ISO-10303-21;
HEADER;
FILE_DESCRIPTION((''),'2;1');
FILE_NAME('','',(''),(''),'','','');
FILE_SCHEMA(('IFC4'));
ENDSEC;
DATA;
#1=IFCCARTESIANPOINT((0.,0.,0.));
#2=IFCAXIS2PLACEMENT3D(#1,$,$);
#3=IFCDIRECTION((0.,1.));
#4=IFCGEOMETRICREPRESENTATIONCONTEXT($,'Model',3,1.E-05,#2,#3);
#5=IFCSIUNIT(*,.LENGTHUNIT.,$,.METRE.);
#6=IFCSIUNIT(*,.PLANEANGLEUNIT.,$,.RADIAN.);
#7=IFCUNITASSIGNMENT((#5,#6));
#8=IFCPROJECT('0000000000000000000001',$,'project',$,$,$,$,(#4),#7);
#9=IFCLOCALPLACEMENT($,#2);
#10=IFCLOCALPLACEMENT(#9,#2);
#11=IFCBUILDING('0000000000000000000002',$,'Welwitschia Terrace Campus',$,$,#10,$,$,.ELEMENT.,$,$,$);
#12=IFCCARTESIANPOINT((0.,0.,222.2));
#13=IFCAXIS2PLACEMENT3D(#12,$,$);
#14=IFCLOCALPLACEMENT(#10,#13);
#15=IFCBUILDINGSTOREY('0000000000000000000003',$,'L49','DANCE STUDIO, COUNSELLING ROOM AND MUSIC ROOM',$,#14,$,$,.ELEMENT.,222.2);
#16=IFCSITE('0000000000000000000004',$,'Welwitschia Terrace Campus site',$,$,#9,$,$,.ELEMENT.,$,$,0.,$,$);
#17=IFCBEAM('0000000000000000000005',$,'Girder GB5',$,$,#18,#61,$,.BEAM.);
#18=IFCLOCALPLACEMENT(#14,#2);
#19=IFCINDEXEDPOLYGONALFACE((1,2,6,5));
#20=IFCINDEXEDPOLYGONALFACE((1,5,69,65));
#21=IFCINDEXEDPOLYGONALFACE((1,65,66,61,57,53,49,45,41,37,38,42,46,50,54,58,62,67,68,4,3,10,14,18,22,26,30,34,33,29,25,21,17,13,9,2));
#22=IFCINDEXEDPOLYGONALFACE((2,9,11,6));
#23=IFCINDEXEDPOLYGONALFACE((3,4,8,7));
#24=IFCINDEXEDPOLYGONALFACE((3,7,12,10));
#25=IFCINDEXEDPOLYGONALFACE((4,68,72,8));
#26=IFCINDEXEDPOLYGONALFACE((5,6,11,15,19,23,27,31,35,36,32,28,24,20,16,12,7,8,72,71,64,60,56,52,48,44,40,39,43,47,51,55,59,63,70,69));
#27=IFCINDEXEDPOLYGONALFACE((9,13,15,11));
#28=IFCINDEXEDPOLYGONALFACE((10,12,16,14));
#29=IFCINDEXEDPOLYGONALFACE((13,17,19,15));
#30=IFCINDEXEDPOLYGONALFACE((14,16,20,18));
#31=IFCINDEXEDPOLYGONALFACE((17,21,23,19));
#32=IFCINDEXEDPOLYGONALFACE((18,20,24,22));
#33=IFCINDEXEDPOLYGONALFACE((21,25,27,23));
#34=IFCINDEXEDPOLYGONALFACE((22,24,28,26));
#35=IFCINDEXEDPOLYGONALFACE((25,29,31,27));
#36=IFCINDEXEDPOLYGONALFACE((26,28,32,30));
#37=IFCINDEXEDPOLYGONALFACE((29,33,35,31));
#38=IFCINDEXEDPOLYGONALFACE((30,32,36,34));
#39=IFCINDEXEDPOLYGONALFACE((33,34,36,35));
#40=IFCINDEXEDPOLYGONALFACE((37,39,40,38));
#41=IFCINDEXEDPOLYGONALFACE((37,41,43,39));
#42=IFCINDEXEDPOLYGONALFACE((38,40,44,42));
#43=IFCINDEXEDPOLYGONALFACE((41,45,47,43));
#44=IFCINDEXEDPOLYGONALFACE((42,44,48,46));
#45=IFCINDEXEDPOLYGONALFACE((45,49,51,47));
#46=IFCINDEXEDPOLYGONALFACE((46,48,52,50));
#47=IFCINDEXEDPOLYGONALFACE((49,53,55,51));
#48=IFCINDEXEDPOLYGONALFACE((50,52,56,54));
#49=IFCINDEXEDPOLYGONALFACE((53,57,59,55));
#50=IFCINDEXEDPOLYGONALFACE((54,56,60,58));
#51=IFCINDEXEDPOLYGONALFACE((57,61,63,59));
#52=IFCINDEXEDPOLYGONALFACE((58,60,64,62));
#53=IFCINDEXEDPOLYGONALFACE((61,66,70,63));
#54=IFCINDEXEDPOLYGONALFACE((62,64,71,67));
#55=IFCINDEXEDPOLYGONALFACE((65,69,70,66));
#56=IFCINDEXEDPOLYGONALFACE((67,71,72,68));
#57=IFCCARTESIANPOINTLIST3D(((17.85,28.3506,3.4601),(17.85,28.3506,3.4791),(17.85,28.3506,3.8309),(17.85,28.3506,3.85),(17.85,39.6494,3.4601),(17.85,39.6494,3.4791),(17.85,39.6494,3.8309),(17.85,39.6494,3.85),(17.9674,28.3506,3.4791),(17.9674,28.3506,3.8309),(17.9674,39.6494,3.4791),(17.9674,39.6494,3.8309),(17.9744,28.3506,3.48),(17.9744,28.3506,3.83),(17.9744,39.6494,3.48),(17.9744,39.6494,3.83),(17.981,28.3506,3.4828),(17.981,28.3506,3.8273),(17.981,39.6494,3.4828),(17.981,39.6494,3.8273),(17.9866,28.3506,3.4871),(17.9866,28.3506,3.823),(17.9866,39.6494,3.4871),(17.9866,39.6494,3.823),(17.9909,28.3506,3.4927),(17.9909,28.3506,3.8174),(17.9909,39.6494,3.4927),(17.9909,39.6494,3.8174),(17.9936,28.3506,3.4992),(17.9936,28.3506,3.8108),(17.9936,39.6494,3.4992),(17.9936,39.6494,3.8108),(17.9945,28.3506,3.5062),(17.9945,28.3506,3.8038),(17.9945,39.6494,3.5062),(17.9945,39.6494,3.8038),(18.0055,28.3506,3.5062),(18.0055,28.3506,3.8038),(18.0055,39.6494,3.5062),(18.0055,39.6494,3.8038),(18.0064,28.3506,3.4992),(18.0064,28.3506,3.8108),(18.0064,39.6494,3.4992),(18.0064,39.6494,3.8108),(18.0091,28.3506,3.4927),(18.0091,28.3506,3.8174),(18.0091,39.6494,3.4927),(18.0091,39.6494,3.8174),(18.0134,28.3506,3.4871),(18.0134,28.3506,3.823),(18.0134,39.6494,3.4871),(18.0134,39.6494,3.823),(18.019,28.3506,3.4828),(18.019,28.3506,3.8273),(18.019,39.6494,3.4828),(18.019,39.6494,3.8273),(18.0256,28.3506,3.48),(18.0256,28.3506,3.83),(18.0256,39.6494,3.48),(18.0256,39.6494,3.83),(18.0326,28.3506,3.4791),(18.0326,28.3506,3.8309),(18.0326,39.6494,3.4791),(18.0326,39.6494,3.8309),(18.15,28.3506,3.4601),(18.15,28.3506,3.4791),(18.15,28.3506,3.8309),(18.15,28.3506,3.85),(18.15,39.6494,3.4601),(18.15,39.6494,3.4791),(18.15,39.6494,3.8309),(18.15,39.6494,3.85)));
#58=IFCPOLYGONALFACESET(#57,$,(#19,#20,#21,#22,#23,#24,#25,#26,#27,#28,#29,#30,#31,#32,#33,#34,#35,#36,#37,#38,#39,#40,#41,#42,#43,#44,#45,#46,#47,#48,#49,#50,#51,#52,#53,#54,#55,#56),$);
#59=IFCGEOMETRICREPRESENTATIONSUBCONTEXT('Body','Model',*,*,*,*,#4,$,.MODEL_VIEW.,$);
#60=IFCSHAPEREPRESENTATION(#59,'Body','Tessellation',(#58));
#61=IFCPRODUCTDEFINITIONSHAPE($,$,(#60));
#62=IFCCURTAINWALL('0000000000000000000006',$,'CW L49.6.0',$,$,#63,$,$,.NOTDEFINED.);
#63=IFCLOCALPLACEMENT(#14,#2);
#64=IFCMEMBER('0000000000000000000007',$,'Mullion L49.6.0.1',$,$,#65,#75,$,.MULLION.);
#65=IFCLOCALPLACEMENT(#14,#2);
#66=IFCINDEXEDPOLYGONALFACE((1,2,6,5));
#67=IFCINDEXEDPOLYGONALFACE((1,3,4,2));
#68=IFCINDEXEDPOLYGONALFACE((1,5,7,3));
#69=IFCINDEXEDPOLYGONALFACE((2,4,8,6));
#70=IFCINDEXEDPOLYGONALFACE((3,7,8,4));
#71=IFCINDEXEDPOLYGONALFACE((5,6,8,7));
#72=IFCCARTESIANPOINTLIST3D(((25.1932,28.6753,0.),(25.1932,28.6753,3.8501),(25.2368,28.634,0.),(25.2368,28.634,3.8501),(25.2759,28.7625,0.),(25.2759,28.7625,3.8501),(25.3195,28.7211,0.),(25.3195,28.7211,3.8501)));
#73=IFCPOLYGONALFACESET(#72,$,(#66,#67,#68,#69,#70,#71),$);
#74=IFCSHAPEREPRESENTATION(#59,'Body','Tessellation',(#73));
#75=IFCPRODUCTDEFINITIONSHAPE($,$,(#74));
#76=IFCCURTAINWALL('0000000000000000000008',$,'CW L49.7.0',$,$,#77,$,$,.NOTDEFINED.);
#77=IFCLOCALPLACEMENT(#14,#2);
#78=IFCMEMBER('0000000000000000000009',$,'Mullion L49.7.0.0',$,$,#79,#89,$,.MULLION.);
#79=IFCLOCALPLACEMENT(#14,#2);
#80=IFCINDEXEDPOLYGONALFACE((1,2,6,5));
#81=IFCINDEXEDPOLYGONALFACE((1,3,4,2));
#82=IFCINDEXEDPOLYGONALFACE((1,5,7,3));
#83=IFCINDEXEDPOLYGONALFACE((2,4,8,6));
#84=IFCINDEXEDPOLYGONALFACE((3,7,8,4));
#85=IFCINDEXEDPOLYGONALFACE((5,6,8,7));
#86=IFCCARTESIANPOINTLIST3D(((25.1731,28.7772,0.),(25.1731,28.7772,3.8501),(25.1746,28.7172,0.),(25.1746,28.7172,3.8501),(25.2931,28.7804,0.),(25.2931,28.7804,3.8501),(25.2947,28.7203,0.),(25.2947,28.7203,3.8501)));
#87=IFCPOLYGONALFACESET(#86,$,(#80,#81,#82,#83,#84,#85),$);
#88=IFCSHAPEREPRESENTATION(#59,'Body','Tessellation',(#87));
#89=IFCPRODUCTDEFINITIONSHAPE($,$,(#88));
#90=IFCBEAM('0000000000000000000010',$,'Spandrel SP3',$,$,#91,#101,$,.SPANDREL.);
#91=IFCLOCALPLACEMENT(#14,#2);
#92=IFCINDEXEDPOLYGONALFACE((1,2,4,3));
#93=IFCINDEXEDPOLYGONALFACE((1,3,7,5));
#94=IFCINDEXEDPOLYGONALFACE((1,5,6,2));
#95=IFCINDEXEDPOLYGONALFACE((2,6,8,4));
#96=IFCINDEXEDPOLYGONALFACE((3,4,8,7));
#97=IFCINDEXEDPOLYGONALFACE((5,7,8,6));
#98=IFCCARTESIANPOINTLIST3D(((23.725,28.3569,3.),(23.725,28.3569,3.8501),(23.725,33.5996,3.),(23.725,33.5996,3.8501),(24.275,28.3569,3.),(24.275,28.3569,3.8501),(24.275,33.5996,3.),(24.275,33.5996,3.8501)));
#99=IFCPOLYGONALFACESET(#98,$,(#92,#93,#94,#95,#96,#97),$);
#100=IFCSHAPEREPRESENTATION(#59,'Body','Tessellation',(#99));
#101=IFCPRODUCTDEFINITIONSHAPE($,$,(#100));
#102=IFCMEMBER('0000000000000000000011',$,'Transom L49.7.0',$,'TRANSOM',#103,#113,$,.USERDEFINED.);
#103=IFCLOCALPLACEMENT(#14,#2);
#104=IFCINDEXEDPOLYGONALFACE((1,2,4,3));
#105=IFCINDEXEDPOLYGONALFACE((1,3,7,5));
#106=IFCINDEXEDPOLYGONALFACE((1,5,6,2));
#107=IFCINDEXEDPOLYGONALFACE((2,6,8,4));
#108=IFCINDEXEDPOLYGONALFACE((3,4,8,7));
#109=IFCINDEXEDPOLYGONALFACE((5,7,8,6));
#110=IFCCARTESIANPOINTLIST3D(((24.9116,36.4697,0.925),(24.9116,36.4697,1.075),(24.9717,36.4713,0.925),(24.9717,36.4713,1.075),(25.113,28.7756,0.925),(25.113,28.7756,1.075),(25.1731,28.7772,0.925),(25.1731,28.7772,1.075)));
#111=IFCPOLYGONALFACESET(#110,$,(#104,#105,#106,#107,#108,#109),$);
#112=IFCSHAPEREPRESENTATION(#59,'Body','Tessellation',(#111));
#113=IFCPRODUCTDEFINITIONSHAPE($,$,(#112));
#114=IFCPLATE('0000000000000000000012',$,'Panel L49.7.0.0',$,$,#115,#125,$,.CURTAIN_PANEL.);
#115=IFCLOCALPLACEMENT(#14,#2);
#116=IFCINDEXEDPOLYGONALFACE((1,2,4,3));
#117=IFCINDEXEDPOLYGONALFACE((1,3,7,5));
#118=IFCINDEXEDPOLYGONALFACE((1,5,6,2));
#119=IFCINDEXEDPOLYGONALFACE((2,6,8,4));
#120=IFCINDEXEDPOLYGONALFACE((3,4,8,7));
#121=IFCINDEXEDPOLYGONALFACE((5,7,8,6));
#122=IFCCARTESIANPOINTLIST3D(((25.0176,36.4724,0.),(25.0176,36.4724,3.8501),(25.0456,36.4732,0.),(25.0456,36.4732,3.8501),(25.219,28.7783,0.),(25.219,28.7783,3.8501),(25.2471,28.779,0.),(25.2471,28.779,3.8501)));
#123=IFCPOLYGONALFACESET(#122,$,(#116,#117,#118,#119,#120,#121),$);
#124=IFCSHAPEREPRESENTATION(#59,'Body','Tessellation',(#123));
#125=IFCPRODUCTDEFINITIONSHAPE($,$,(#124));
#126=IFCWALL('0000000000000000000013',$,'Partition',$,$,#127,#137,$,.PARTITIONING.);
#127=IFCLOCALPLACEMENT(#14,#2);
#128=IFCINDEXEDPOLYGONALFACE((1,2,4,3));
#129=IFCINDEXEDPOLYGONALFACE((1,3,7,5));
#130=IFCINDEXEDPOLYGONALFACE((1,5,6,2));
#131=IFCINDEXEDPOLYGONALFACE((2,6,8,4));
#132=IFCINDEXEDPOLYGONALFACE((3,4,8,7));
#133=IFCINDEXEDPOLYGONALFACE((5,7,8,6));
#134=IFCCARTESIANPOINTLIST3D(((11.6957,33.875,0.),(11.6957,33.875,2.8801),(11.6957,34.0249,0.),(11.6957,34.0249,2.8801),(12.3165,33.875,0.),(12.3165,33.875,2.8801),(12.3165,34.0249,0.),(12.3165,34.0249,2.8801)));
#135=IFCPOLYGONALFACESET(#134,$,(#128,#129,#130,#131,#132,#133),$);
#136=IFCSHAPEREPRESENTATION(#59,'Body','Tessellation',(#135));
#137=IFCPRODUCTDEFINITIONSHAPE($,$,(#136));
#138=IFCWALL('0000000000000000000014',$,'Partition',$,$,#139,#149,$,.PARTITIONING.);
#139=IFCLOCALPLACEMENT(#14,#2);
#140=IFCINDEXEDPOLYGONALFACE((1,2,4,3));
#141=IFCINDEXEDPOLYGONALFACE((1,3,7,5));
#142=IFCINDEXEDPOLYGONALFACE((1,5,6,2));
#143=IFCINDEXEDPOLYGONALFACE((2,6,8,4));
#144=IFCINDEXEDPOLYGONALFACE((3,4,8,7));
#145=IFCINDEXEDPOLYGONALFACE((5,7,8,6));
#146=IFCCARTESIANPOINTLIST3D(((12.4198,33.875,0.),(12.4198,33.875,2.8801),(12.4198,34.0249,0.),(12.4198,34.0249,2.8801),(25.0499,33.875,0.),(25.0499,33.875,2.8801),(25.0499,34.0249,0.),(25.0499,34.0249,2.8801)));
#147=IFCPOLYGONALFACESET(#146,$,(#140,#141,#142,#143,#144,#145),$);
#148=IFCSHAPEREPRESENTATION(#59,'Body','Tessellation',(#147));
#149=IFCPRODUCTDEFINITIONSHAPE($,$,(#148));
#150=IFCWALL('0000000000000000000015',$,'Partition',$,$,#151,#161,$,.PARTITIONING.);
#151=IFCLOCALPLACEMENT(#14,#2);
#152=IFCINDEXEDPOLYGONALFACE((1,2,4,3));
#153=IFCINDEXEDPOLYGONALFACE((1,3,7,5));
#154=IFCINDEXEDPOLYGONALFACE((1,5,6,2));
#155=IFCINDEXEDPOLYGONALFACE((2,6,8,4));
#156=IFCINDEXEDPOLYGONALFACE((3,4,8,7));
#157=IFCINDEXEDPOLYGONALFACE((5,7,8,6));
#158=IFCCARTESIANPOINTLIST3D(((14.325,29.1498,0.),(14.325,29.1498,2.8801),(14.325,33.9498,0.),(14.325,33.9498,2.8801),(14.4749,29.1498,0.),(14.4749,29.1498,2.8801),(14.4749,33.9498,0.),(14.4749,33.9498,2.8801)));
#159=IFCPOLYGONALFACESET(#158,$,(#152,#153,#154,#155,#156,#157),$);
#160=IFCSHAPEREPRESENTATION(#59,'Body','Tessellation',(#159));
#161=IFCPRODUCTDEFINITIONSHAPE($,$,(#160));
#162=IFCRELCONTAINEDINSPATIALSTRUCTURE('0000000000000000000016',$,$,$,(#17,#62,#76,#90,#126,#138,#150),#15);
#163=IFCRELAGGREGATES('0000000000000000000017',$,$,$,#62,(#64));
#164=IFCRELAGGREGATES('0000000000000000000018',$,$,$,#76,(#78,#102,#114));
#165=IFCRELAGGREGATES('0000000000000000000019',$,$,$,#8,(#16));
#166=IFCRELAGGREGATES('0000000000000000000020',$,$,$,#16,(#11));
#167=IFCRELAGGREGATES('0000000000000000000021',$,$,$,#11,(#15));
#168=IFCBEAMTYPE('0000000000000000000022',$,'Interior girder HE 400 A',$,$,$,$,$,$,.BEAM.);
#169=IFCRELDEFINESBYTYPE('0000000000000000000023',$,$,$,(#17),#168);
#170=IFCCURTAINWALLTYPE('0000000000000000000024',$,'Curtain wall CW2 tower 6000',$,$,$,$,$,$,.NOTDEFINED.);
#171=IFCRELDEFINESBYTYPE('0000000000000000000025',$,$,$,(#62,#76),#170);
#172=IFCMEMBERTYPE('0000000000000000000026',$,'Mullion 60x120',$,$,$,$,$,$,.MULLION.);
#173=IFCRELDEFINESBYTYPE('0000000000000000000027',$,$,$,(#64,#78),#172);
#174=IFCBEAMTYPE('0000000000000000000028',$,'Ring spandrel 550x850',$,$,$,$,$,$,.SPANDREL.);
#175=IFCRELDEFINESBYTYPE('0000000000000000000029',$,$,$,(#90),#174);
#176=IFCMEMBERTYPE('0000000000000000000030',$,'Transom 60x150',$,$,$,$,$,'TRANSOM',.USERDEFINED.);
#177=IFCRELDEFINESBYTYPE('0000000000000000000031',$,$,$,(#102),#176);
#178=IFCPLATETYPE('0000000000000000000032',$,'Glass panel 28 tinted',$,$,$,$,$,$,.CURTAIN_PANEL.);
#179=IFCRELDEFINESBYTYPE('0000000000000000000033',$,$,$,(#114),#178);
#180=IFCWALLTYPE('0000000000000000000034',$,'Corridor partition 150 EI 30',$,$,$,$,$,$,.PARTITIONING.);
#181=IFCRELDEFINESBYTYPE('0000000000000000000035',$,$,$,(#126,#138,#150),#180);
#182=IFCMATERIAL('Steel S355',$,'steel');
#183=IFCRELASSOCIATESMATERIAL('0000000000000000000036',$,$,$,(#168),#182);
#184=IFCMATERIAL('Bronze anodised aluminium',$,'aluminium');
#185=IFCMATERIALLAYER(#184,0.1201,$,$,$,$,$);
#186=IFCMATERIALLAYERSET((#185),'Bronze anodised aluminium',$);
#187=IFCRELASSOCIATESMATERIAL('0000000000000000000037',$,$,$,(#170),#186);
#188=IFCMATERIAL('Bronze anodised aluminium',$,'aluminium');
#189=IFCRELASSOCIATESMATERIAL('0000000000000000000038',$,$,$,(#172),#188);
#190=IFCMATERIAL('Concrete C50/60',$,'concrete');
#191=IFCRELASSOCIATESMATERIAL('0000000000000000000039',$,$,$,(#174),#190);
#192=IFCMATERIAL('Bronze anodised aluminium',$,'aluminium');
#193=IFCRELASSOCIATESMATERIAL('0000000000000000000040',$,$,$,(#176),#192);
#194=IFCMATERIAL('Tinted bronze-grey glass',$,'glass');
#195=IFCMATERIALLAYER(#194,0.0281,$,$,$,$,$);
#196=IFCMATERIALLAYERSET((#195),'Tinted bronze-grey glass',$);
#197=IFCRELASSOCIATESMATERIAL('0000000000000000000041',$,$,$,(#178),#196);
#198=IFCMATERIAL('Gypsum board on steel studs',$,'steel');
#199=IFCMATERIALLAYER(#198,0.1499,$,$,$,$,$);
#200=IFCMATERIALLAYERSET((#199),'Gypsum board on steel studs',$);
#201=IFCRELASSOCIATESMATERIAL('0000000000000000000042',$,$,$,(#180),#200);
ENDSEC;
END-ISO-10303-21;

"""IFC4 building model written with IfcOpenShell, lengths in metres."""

from ifc_helpers import new_model, si_unit, direction, frame, frame_2d, origin, origin_2d, place, context, subcontext, project, spatial, rectangle, i_section, extrude, material, layer, layer_set, material_profile, profile_set, type_object, element, aggregate, save


model = new_model("IFC4")

# Units and contexts
model_context = context("Model", 3, precision=1e-05, world=origin(), true_north=direction((0.0, 1.0)))
body_context = subcontext(model_context, "Body", "Model", "MODEL_VIEW")
ifc_project = project(units=[si_unit("LENGTHUNIT", "METRE"), si_unit("PLANEANGLEUNIT", "RADIAN")], contexts=[model_context])

# Site, building, storey
site_placement = place(None, origin())
site = spatial("IfcSite", under=ifc_project, at=site_placement, Name="Welwitschia Terrace Campus site", CompositionType="ELEMENT", RefElevation=0.0)
building_placement = place(site_placement, origin())
building = spatial("IfcBuilding", under=site, at=building_placement, Name="Welwitschia Terrace Campus", CompositionType="ELEMENT")
storey_placement = place(building_placement, frame((0.0, 0.0, 222.2)))
storey = spatial("IfcBuildingStorey", under=building, at=storey_placement, Name="L49", Description="DANCE STUDIO, COUNSELLING ROOM AND MUSIC ROOM", CompositionType="ELEMENT", Elevation=222.2)

# Beam
ifc_material_1 = material(Name="Steel S355", Category="steel")
ifc_material_profile_1 = material_profile(ifc_material_1, i_section(OverallWidth=0.3, OverallDepth=0.3899, WebThickness=0.011, FlangeThickness=0.019, FilletRadius=0.0271, at=origin_2d()))
ifc_profile_set_1 = profile_set([ifc_material_profile_1], Name="Steel S355")
beam_type_1 = type_object("IfcBeamType", Name="Interior girder HE 400 A", PredefinedType="BEAM", material=ifc_profile_set_1)
beam_1_placement = place(storey_placement, frame((18.0, 28.3506, 3.655), z_axis=(0.0, 1.0, 0.0), x_axis=(-1.0, 0.0, 0.0)))
element("IfcBeam", 1, at=beam_1_placement, inside=storey, type_object=beam_type_1, Name="Girder GB5", PredefinedType="BEAM", context=body_context, shape_type="SweptSolid", body=[
    extrude(i_section(OverallWidth=0.3, OverallDepth=0.3899, WebThickness=0.011, FlangeThickness=0.019, FilletRadius=0.0271, at=origin_2d()), origin(), (0.0, 0.0, 1.0), 11.2988),
])

# Curtain walls, members
ifc_material_2 = material(Name="Bronze anodised aluminium", Category="aluminium")
ifc_layer_1 = layer(ifc_material_2, 0.1201)
ifc_layer_set_1 = layer_set([ifc_layer_1], Name="Bronze anodised aluminium")
curtain_wall_type = type_object("IfcCurtainWallType", Name="Curtain wall CW2 tower 6000", PredefinedType="NOTDEFINED", material=ifc_layer_set_1)
curtain_wall_1_placement = place(storey_placement, origin())
curtain_wall_1 = element("IfcCurtainWall", 2, at=curtain_wall_1_placement, inside=storey, type_object=curtain_wall_type, Name="CW L49.6.0", PredefinedType="NOTDEFINED")
ifc_material_3 = material(Name="Bronze anodised aluminium", Category="aluminium")
ifc_material_profile_2 = material_profile(ifc_material_3, rectangle(XDim=0.1201, YDim=0.0601, at=origin_2d()))
ifc_profile_set_2 = profile_set([ifc_material_profile_2], Name="Bronze anodised aluminium")
member_type_1 = type_object("IfcMemberType", Name="Mullion 60x120", PredefinedType="MULLION", material=ifc_profile_set_2)
member_1_placement = place(storey_placement, frame((25.2563, 28.6982, 0.0), z_axis=(0.0, 0.0, 1.0), x_axis=(-0.688355, -0.725374, 0.0)))
member_1 = element("IfcMember", 3, at=member_1_placement, type_object=member_type_1, Name="Mullion L49.6.0.1", PredefinedType="MULLION", context=body_context, shape_type="SweptSolid", body=[
    extrude(rectangle(XDim=0.1201, YDim=0.0601, at=origin_2d()), origin(), (0.0, 0.0, 1.0), 3.8501),
])
aggregate(curtain_wall_1, [member_1])
curtain_wall_2_placement = place(storey_placement, origin())
curtain_wall_2 = element("IfcCurtainWall", 4, at=curtain_wall_2_placement, inside=storey, type_object=curtain_wall_type, Name="CW L49.7.0", PredefinedType="NOTDEFINED")
member_2_placement = place(storey_placement, frame((25.2339, 28.7488, 0.0), z_axis=(0.0, 0.0, 1.0), x_axis=(-0.999657, -0.026177, 0.0)))
member_2 = element("IfcMember", 5, at=member_2_placement, type_object=member_type_1, Name="Mullion L49.7.0.0", PredefinedType="MULLION", context=body_context, shape_type="SweptSolid", body=[
    extrude(rectangle(XDim=0.1201, YDim=0.0601, at=origin_2d()), origin(), (0.0, 0.0, 1.0), 3.8501),
])

# Beam
ifc_material_4 = material(Name="Concrete C50/60", Category="concrete")
ifc_material_profile_3 = material_profile(ifc_material_4, rectangle(XDim=0.55, YDim=0.8501, at=origin_2d()))
ifc_profile_set_3 = profile_set([ifc_material_profile_3], Name="Concrete C50/60")
beam_type_2 = type_object("IfcBeamType", Name="Ring spandrel 550x850", PredefinedType="SPANDREL", material=ifc_profile_set_3)
beam_2_placement = place(storey_placement, frame((24.0, 28.3569, 3.425), z_axis=(0.0, 1.0, 0.0), x_axis=(-1.0, 0.0, 0.0)))
element("IfcBeam", 6, at=beam_2_placement, inside=storey, type_object=beam_type_2, Name="Spandrel SP3", PredefinedType="SPANDREL", context=body_context, shape_type="SweptSolid", body=[
    extrude(rectangle(XDim=0.55, YDim=0.8501, at=origin_2d()), origin(), (0.0, 0.0, 1.0), 5.2427),
])

# Member
ifc_material_5 = material(Name="Bronze anodised aluminium", Category="aluminium")
ifc_material_profile_4 = material_profile(ifc_material_5, rectangle(XDim=0.0601, YDim=0.1499, at=origin_2d()))
ifc_profile_set_4 = profile_set([ifc_material_profile_4], Name="Bronze anodised aluminium")
member_type_2 = type_object("IfcMemberType", Name="Transom 60x150", ElementType="TRANSOM", PredefinedType="USERDEFINED", material=ifc_profile_set_4)
member_3_placement = place(storey_placement, frame((25.1431, 28.7764, 1.0), z_axis=(-0.026169, 0.999658, 0.0), x_axis=(-0.999658, -0.026169, 0.0)))
member_3 = element("IfcMember", 7, at=member_3_placement, type_object=member_type_2, Name="Transom L49.7.0", ObjectType="TRANSOM", PredefinedType="USERDEFINED", context=body_context, shape_type="SweptSolid", body=[
    extrude(rectangle(XDim=0.0601, YDim=0.1499, at=origin_2d()), origin(), (0.0, 0.0, 1.0), 7.6968),
])

# Plate
ifc_material_6 = material(Name="Tinted bronze-grey glass", Category="glass")
ifc_layer_2 = layer(ifc_material_6, 0.0281)
ifc_layer_set_2 = layer_set([ifc_layer_2], Name="Tinted bronze-grey glass")
plate_type = type_object("IfcPlateType", Name="Glass panel 28 tinted", PredefinedType="CURTAIN_PANEL", material=ifc_layer_set_2)
plate_placement = place(storey_placement, frame((25.1323, 32.6257, 0.0), z_axis=(0.0, 0.0, 1.0), x_axis=(-0.026177, 0.999657, 0.0)))
plate = element("IfcPlate", 8, at=plate_placement, type_object=plate_type, Name="Panel L49.7.0.0", PredefinedType="CURTAIN_PANEL", context=body_context, shape_type="SweptSolid", body=[
    extrude(rectangle(XDim=7.6968, YDim=0.0281, at=origin_2d()), origin(), (0.0, 0.0, 1.0), 3.8501),
])
aggregate(curtain_wall_2, [member_2, member_3, plate])

# Walls
ifc_material_7 = material(Name="Gypsum board on steel studs", Category="steel")
ifc_layer_3 = layer(ifc_material_7, 0.1499)
ifc_layer_set_3 = layer_set([ifc_layer_3], Name="Gypsum board on steel studs")
wall_type = type_object("IfcWallType", Name="Corridor partition 150 EI 30", PredefinedType="PARTITIONING", material=ifc_layer_set_3)
wall_1_placement = place(storey_placement, frame((11.6956, 33.95, 0.0), z_axis=(0.0, 0.0, 1.0), x_axis=(1.0, 0.0, 0.0)))
element("IfcWall", 9, at=wall_1_placement, inside=storey, type_object=wall_type, Name="Partition", PredefinedType="PARTITIONING", context=body_context, shape_type="SweptSolid", body=[
    extrude(rectangle(XDim=0.6208, YDim=0.1499, at=frame_2d((0.3105, 0.0))), origin(), (0.0, 0.0, 1.0), 2.8801),
])
wall_2_placement = place(storey_placement, frame((12.4199, 33.95, 0.0), z_axis=(0.0, 0.0, 1.0), x_axis=(1.0, 0.0, 0.0)))
element("IfcWall", 10, at=wall_2_placement, inside=storey, type_object=wall_type, Name="Partition", PredefinedType="PARTITIONING", context=body_context, shape_type="SweptSolid", body=[
    extrude(rectangle(XDim=12.6301, YDim=0.1499, at=frame_2d((6.3149, 0.0))), origin(), (0.0, 0.0, 1.0), 2.8801),
])
wall_3_placement = place(storey_placement, frame((14.3999, 29.1499, 0.0), z_axis=(0.0, 0.0, 1.0), x_axis=(0.0, 1.0, 0.0)))
element("IfcWall", 11, at=wall_3_placement, inside=storey, type_object=wall_type, Name="Partition", PredefinedType="PARTITIONING", context=body_context, shape_type="SweptSolid", body=[
    extrude(rectangle(XDim=4.8, YDim=0.1499, at=frame_2d((2.3999, 0.0))), origin(), (0.0, 0.0, 1.0), 2.8801),
])

save(model, "model.ifc")
